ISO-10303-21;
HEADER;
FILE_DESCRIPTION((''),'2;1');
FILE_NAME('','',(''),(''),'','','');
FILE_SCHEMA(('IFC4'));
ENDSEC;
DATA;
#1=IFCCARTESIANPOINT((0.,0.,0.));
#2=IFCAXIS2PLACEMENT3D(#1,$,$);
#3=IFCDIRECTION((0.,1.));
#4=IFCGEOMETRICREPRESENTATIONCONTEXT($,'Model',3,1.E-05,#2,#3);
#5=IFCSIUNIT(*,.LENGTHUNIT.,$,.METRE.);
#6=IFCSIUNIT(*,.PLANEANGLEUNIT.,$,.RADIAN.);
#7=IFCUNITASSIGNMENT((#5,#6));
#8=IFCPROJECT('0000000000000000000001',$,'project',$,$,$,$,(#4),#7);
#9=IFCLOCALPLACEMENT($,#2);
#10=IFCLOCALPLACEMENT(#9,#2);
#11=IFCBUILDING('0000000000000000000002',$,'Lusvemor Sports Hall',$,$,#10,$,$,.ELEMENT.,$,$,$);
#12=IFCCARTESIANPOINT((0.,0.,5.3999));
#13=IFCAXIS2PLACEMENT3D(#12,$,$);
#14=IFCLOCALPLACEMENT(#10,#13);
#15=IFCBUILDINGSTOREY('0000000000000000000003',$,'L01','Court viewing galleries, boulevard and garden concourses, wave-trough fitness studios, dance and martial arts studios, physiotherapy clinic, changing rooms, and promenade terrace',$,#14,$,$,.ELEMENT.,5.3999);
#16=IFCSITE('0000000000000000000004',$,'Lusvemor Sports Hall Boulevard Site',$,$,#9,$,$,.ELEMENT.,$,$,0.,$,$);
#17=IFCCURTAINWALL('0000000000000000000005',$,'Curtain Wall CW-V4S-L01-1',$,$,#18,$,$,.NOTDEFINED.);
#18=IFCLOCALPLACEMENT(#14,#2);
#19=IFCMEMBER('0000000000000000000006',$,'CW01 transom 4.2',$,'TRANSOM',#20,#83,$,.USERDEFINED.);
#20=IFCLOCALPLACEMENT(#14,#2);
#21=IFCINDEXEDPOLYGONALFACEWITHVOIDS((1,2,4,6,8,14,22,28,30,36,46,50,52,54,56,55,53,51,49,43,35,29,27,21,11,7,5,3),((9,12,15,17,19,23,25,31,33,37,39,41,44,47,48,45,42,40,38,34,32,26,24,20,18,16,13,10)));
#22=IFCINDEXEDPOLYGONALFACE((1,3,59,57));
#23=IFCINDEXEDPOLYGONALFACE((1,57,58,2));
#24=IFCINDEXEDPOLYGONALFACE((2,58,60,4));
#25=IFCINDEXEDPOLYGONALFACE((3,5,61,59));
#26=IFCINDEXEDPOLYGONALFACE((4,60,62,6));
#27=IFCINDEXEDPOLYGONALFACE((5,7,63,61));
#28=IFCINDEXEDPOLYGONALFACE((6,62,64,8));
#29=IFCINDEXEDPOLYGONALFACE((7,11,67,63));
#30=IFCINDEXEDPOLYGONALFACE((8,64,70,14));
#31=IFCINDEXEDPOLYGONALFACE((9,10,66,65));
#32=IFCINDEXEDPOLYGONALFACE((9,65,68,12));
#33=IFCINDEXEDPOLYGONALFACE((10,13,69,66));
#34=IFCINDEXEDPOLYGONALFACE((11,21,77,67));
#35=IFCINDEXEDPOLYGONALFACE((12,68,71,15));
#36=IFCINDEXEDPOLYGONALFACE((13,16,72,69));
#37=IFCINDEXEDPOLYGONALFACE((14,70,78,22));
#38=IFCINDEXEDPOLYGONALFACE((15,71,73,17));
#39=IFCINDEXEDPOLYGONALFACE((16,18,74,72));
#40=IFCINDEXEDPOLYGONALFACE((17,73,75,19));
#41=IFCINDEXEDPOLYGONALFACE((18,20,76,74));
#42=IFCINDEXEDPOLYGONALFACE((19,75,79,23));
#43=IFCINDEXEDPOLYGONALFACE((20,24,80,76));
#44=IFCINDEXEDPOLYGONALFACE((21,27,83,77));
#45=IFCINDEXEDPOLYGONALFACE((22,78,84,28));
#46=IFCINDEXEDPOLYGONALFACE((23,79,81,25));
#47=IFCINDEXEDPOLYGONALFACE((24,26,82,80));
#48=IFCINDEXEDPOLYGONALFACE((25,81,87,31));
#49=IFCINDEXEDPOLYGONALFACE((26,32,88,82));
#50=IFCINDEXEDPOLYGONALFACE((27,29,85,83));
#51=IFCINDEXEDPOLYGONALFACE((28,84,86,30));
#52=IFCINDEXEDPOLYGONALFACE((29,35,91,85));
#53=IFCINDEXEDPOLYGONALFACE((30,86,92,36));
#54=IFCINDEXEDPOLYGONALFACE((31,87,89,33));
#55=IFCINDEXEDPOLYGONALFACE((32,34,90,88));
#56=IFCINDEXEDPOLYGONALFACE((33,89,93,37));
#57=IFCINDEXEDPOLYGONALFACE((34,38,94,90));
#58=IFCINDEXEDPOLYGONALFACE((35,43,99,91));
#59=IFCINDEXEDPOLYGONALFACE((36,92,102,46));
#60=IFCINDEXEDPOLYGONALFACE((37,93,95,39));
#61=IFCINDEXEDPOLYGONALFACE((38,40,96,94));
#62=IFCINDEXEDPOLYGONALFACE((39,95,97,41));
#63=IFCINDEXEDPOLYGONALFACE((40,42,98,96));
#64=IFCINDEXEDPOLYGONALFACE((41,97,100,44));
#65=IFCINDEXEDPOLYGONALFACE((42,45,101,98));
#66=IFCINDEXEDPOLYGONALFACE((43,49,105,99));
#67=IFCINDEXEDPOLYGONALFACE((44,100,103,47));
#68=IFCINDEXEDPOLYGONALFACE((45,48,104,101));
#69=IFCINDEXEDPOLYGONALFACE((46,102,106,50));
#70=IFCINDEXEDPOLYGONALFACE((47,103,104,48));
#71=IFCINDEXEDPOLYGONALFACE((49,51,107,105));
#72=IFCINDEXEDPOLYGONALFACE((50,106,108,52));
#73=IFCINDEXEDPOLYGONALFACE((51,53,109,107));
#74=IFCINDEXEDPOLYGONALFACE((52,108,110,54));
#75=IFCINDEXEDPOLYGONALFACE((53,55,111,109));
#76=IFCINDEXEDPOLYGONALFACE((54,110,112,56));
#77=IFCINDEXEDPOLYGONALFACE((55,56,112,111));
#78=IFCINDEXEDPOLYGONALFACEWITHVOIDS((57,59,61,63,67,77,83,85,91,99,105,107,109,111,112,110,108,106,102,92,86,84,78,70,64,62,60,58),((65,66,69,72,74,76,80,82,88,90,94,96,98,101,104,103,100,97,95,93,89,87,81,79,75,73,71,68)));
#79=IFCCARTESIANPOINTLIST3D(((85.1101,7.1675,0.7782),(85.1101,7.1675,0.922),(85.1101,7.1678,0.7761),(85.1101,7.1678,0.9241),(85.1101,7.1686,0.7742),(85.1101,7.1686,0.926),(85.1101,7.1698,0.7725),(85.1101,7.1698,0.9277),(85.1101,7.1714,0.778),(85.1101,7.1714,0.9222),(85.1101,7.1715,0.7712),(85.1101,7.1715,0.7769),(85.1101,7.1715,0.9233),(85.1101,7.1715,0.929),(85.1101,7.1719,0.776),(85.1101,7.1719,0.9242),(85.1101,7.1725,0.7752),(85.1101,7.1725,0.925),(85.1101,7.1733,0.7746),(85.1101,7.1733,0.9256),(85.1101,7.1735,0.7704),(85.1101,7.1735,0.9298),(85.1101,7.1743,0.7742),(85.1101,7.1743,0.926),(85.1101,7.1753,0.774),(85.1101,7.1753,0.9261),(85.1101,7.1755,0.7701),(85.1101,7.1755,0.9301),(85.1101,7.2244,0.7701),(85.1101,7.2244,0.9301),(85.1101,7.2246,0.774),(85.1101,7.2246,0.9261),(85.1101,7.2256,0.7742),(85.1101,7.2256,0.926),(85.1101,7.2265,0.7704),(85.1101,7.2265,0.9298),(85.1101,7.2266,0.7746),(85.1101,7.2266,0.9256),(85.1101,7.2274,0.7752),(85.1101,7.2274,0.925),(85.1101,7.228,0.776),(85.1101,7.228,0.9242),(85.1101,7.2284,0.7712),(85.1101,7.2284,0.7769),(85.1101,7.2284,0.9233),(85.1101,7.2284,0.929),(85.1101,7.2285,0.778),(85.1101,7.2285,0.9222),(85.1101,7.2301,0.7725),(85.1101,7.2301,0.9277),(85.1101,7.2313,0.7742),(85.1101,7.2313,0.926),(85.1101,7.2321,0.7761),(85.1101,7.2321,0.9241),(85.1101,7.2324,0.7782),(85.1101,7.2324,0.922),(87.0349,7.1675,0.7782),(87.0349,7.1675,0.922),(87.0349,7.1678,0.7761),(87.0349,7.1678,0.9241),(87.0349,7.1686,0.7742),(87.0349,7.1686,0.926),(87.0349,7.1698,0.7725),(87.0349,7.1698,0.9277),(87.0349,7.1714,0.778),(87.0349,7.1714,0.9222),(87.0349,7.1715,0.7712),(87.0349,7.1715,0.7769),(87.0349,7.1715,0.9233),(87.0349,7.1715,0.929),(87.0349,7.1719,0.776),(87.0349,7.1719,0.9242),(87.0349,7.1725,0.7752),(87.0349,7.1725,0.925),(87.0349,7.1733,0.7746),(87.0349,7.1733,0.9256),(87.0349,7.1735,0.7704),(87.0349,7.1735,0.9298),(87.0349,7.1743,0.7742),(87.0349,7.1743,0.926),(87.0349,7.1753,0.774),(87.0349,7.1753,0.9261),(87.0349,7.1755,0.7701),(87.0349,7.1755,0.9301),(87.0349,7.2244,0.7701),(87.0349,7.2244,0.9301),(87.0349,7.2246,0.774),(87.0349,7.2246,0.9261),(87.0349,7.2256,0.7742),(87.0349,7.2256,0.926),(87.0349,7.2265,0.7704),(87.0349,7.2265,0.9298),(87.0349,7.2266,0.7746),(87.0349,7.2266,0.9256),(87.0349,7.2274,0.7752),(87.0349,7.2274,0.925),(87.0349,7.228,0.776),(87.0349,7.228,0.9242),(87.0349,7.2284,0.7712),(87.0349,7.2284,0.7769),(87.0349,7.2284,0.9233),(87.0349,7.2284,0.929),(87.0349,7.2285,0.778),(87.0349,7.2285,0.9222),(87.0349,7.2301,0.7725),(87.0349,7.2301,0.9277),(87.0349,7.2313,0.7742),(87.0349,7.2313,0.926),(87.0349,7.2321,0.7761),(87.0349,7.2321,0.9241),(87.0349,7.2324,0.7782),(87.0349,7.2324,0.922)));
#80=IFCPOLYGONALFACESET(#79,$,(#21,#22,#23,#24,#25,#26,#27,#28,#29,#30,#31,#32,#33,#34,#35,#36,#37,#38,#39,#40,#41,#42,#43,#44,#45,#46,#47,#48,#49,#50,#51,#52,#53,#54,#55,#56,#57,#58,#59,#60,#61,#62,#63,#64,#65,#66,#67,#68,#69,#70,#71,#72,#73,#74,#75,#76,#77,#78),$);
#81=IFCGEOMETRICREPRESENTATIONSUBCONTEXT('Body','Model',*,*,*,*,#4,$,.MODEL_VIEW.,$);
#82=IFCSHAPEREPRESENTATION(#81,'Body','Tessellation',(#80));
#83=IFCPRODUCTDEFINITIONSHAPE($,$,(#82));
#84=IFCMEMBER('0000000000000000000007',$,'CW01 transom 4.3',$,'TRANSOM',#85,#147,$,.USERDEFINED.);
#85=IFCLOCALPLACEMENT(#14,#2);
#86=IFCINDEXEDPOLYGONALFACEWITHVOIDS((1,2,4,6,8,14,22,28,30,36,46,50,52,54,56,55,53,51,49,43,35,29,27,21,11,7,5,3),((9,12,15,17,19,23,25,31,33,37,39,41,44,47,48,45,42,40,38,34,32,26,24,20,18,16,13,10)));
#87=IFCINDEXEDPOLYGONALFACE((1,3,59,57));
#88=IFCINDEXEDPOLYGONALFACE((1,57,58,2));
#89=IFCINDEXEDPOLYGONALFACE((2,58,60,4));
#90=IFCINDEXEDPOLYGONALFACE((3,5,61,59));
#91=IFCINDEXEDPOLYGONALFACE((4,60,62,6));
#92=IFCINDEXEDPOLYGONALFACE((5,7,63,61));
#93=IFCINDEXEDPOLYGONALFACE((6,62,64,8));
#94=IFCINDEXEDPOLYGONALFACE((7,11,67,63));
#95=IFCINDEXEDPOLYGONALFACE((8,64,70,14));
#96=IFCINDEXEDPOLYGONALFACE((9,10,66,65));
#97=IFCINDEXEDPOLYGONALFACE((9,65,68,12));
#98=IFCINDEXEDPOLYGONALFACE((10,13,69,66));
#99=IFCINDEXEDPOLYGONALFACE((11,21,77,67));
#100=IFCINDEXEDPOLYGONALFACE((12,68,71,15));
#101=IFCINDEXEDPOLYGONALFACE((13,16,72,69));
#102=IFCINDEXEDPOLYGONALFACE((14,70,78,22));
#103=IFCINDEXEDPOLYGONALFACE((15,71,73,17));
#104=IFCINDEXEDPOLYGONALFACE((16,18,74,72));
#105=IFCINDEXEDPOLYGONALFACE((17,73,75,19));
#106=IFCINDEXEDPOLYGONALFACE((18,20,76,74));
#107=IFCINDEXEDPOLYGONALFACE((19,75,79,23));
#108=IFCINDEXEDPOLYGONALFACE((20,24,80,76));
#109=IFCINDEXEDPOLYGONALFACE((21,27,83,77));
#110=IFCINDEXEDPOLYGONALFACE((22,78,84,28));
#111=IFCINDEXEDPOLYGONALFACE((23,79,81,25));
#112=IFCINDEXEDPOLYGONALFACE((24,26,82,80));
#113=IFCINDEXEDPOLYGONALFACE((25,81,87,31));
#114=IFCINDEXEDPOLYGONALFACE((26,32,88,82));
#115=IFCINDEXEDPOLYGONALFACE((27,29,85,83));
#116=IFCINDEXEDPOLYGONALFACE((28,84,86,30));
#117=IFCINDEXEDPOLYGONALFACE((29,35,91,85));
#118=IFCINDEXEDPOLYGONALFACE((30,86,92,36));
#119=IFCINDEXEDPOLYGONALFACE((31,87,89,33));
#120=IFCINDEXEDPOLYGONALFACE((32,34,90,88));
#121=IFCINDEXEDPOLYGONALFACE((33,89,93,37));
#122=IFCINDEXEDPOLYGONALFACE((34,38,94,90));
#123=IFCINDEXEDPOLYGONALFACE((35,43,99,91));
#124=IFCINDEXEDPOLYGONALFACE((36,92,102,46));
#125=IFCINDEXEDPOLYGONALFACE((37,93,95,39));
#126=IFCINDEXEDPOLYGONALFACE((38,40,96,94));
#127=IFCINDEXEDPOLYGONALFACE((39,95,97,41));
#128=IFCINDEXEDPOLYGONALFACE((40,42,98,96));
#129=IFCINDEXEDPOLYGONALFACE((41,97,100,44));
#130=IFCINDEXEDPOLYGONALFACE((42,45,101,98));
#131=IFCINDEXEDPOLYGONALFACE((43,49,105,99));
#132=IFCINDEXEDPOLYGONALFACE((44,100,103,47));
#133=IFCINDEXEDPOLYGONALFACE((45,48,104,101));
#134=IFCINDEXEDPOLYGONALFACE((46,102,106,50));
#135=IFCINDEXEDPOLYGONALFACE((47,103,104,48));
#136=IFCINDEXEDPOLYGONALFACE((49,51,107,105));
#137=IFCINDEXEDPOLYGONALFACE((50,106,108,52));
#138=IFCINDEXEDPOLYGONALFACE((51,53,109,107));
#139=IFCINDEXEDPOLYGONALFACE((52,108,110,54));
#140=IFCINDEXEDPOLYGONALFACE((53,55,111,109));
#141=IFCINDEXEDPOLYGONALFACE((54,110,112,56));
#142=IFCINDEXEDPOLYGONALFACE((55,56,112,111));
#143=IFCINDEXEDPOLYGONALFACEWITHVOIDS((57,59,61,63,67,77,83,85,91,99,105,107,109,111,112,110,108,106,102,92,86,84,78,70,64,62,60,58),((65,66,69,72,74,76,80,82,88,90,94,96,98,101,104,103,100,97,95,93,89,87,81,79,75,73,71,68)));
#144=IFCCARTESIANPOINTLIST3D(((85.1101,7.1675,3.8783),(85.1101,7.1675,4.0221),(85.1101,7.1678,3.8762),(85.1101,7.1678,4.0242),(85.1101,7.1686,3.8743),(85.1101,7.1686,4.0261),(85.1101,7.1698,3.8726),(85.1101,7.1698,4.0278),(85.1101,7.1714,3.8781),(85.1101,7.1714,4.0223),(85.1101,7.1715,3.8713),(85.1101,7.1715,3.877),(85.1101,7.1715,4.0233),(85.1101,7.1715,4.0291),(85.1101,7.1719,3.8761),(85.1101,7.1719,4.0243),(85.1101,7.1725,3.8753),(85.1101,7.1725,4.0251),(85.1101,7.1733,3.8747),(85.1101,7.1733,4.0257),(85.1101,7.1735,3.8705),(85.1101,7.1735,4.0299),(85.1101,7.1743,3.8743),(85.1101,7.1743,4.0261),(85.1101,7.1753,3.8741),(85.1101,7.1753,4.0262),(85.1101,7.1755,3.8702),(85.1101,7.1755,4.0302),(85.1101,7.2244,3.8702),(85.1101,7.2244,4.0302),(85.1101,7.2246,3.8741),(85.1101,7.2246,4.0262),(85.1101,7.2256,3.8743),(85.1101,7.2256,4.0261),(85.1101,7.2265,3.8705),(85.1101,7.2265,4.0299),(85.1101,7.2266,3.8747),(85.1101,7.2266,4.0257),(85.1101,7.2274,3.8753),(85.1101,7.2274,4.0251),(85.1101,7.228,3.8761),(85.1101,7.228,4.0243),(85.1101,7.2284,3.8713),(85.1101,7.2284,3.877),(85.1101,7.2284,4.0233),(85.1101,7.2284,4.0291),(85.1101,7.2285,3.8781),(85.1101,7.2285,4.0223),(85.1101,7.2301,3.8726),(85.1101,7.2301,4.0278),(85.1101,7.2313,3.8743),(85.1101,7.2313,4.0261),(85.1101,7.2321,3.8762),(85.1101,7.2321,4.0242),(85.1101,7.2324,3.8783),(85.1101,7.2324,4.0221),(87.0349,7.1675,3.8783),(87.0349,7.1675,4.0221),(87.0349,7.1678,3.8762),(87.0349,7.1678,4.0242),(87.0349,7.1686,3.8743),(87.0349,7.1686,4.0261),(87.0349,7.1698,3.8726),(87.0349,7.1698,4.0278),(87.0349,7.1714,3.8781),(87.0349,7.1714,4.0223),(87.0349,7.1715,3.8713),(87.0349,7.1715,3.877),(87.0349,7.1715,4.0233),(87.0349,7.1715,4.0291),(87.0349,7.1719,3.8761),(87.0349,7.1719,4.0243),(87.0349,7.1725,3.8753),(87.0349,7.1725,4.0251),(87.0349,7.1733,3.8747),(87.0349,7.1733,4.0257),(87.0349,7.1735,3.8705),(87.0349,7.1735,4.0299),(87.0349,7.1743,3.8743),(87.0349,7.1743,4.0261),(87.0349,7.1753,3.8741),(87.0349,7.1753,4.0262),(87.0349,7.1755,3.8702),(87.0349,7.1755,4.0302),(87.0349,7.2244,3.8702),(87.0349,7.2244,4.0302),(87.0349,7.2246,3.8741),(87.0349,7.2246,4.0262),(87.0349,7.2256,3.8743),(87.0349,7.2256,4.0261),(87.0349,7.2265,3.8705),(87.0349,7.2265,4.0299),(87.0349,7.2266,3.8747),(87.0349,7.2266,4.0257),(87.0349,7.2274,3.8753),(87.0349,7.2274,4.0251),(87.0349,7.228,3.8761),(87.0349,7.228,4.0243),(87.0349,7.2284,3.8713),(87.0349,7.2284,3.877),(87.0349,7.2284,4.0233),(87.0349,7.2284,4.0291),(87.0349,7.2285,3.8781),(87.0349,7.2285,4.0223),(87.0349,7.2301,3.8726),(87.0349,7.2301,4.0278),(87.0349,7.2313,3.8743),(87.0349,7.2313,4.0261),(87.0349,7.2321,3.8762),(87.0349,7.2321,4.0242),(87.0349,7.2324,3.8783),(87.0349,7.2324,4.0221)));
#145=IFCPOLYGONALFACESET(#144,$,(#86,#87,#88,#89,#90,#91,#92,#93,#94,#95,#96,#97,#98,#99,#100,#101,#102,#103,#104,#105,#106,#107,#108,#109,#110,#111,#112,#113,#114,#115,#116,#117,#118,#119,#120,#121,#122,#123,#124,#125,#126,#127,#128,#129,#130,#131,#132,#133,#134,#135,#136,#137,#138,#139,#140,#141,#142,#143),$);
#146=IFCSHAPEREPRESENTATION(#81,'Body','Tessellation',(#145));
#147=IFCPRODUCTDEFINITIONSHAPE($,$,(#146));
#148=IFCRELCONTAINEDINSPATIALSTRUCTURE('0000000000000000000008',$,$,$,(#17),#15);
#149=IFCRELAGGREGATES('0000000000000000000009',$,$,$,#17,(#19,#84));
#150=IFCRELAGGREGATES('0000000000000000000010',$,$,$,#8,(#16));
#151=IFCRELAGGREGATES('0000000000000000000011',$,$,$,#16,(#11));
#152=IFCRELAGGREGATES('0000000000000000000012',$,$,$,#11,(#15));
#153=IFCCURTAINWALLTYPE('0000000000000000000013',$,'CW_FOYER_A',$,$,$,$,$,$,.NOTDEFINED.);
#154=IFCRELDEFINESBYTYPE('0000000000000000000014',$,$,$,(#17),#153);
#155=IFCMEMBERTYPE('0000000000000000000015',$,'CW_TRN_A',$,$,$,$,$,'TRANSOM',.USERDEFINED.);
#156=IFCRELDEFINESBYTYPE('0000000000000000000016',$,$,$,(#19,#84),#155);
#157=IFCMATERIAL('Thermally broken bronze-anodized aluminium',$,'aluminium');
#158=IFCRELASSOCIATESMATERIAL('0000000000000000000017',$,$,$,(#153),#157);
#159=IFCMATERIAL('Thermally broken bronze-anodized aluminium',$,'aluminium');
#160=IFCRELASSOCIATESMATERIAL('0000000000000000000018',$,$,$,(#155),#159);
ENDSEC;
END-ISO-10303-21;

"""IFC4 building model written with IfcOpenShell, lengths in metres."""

from ifc_helpers import new_model, si_unit, direction, frame, origin, origin_2d, place, context, subcontext, project, spatial, hollow_rectangle, extrude, material, material_profile, profile_set, type_object, element, aggregate, save


model = new_model("IFC4")

# Units and contexts
model_context = context("Model", 3, precision=1e-05, world=origin(), true_north=direction((0.0, 1.0)))
body_context = subcontext(model_context, "Body", "Model", "MODEL_VIEW")
ifc_project = project(units=[si_unit("LENGTHUNIT", "METRE"), si_unit("PLANEANGLEUNIT", "RADIAN")], contexts=[model_context])

# Site, building, storey
site_placement = place(None, origin())
site = spatial("IfcSite", under=ifc_project, at=site_placement, Name="Lusvemor Sports Hall Boulevard Site", CompositionType="ELEMENT", RefElevation=0.0)
building_placement = place(site_placement, origin())
building = spatial("IfcBuilding", under=site, at=building_placement, Name="Lusvemor Sports Hall", CompositionType="ELEMENT")
storey_placement = place(building_placement, frame((0.0, 0.0, 5.3999)))
storey = spatial("IfcBuildingStorey", under=building, at=storey_placement, Name="L01", Description="Court viewing galleries, boulevard and garden concourses, wave-trough fitness studios, dance and martial arts studios, physiotherapy clinic, changing rooms, and promenade terrace", CompositionType="ELEMENT", Elevation=5.3999)

# Curtain wall
ifc_material_1 = material(Name="Thermally broken bronze-anodized aluminium", Category="aluminium")
curtain_wall_type = type_object("IfcCurtainWallType", Name="CW_FOYER_A", PredefinedType="NOTDEFINED", material=ifc_material_1)
curtain_wall_1_placement = place(storey_placement, origin())
curtain_wall_1 = element("IfcCurtainWall", 1, at=curtain_wall_1_placement, inside=storey, type_object=curtain_wall_type, Name="Curtain Wall CW-V4S-L01-1", PredefinedType="NOTDEFINED")

# Members
ifc_material_2 = material(Name="Thermally broken bronze-anodized aluminium", Category="aluminium")
ifc_material_profile_1 = material_profile(ifc_material_2, hollow_rectangle(XDim=0.0649, YDim=0.1599, WallThickness=0.0039, InnerFilletRadius=0.0039, OuterFilletRadius=0.0081, at=origin_2d()), Name="CWTRN160x65x4")
ifc_profile_set_1 = profile_set([ifc_material_profile_1], Name="Thermally broken bronze-anodized aluminium")
member_type_1 = type_object("IfcMemberType", Name="CW_TRN_A", ElementType="TRANSOM", PredefinedType="USERDEFINED", material=ifc_profile_set_1)
member_1_placement = place(storey_placement, frame((87.0349, 7.2, 0.8501), z_axis=(-1.0, 0.0, 0.0), x_axis=(0.0, -1.0, 0.0)))
member_1 = element("IfcMember", 2, at=member_1_placement, type_object=member_type_1, Name="CW01 transom 4.2", ObjectType="TRANSOM", PredefinedType="USERDEFINED", context=body_context, shape_type="SweptSolid", body=[
    extrude(hollow_rectangle(XDim=0.0649, YDim=0.1599, WallThickness=0.0039, InnerFilletRadius=0.0039, OuterFilletRadius=0.0081, at=origin_2d()), origin(), (0.0, 0.0, 1.0), 1.9248),
])
member_2_placement = place(storey_placement, frame((87.0349, 7.2, 3.9502), z_axis=(-1.0, 0.0, 0.0), x_axis=(0.0, -1.0, 0.0)))
member_2 = element("IfcMember", 3, at=member_2_placement, type_object=member_type_1, Name="CW01 transom 4.3", ObjectType="TRANSOM", PredefinedType="USERDEFINED", context=body_context, shape_type="SweptSolid", body=[
    extrude(hollow_rectangle(XDim=0.0649, YDim=0.1599, WallThickness=0.0039, InnerFilletRadius=0.0039, OuterFilletRadius=0.0081, at=origin_2d()), origin(), (0.0, 0.0, 1.0), 1.9248),
])

aggregate(curtain_wall_1, [member_1, member_2])

save(model, "model.ifc")
